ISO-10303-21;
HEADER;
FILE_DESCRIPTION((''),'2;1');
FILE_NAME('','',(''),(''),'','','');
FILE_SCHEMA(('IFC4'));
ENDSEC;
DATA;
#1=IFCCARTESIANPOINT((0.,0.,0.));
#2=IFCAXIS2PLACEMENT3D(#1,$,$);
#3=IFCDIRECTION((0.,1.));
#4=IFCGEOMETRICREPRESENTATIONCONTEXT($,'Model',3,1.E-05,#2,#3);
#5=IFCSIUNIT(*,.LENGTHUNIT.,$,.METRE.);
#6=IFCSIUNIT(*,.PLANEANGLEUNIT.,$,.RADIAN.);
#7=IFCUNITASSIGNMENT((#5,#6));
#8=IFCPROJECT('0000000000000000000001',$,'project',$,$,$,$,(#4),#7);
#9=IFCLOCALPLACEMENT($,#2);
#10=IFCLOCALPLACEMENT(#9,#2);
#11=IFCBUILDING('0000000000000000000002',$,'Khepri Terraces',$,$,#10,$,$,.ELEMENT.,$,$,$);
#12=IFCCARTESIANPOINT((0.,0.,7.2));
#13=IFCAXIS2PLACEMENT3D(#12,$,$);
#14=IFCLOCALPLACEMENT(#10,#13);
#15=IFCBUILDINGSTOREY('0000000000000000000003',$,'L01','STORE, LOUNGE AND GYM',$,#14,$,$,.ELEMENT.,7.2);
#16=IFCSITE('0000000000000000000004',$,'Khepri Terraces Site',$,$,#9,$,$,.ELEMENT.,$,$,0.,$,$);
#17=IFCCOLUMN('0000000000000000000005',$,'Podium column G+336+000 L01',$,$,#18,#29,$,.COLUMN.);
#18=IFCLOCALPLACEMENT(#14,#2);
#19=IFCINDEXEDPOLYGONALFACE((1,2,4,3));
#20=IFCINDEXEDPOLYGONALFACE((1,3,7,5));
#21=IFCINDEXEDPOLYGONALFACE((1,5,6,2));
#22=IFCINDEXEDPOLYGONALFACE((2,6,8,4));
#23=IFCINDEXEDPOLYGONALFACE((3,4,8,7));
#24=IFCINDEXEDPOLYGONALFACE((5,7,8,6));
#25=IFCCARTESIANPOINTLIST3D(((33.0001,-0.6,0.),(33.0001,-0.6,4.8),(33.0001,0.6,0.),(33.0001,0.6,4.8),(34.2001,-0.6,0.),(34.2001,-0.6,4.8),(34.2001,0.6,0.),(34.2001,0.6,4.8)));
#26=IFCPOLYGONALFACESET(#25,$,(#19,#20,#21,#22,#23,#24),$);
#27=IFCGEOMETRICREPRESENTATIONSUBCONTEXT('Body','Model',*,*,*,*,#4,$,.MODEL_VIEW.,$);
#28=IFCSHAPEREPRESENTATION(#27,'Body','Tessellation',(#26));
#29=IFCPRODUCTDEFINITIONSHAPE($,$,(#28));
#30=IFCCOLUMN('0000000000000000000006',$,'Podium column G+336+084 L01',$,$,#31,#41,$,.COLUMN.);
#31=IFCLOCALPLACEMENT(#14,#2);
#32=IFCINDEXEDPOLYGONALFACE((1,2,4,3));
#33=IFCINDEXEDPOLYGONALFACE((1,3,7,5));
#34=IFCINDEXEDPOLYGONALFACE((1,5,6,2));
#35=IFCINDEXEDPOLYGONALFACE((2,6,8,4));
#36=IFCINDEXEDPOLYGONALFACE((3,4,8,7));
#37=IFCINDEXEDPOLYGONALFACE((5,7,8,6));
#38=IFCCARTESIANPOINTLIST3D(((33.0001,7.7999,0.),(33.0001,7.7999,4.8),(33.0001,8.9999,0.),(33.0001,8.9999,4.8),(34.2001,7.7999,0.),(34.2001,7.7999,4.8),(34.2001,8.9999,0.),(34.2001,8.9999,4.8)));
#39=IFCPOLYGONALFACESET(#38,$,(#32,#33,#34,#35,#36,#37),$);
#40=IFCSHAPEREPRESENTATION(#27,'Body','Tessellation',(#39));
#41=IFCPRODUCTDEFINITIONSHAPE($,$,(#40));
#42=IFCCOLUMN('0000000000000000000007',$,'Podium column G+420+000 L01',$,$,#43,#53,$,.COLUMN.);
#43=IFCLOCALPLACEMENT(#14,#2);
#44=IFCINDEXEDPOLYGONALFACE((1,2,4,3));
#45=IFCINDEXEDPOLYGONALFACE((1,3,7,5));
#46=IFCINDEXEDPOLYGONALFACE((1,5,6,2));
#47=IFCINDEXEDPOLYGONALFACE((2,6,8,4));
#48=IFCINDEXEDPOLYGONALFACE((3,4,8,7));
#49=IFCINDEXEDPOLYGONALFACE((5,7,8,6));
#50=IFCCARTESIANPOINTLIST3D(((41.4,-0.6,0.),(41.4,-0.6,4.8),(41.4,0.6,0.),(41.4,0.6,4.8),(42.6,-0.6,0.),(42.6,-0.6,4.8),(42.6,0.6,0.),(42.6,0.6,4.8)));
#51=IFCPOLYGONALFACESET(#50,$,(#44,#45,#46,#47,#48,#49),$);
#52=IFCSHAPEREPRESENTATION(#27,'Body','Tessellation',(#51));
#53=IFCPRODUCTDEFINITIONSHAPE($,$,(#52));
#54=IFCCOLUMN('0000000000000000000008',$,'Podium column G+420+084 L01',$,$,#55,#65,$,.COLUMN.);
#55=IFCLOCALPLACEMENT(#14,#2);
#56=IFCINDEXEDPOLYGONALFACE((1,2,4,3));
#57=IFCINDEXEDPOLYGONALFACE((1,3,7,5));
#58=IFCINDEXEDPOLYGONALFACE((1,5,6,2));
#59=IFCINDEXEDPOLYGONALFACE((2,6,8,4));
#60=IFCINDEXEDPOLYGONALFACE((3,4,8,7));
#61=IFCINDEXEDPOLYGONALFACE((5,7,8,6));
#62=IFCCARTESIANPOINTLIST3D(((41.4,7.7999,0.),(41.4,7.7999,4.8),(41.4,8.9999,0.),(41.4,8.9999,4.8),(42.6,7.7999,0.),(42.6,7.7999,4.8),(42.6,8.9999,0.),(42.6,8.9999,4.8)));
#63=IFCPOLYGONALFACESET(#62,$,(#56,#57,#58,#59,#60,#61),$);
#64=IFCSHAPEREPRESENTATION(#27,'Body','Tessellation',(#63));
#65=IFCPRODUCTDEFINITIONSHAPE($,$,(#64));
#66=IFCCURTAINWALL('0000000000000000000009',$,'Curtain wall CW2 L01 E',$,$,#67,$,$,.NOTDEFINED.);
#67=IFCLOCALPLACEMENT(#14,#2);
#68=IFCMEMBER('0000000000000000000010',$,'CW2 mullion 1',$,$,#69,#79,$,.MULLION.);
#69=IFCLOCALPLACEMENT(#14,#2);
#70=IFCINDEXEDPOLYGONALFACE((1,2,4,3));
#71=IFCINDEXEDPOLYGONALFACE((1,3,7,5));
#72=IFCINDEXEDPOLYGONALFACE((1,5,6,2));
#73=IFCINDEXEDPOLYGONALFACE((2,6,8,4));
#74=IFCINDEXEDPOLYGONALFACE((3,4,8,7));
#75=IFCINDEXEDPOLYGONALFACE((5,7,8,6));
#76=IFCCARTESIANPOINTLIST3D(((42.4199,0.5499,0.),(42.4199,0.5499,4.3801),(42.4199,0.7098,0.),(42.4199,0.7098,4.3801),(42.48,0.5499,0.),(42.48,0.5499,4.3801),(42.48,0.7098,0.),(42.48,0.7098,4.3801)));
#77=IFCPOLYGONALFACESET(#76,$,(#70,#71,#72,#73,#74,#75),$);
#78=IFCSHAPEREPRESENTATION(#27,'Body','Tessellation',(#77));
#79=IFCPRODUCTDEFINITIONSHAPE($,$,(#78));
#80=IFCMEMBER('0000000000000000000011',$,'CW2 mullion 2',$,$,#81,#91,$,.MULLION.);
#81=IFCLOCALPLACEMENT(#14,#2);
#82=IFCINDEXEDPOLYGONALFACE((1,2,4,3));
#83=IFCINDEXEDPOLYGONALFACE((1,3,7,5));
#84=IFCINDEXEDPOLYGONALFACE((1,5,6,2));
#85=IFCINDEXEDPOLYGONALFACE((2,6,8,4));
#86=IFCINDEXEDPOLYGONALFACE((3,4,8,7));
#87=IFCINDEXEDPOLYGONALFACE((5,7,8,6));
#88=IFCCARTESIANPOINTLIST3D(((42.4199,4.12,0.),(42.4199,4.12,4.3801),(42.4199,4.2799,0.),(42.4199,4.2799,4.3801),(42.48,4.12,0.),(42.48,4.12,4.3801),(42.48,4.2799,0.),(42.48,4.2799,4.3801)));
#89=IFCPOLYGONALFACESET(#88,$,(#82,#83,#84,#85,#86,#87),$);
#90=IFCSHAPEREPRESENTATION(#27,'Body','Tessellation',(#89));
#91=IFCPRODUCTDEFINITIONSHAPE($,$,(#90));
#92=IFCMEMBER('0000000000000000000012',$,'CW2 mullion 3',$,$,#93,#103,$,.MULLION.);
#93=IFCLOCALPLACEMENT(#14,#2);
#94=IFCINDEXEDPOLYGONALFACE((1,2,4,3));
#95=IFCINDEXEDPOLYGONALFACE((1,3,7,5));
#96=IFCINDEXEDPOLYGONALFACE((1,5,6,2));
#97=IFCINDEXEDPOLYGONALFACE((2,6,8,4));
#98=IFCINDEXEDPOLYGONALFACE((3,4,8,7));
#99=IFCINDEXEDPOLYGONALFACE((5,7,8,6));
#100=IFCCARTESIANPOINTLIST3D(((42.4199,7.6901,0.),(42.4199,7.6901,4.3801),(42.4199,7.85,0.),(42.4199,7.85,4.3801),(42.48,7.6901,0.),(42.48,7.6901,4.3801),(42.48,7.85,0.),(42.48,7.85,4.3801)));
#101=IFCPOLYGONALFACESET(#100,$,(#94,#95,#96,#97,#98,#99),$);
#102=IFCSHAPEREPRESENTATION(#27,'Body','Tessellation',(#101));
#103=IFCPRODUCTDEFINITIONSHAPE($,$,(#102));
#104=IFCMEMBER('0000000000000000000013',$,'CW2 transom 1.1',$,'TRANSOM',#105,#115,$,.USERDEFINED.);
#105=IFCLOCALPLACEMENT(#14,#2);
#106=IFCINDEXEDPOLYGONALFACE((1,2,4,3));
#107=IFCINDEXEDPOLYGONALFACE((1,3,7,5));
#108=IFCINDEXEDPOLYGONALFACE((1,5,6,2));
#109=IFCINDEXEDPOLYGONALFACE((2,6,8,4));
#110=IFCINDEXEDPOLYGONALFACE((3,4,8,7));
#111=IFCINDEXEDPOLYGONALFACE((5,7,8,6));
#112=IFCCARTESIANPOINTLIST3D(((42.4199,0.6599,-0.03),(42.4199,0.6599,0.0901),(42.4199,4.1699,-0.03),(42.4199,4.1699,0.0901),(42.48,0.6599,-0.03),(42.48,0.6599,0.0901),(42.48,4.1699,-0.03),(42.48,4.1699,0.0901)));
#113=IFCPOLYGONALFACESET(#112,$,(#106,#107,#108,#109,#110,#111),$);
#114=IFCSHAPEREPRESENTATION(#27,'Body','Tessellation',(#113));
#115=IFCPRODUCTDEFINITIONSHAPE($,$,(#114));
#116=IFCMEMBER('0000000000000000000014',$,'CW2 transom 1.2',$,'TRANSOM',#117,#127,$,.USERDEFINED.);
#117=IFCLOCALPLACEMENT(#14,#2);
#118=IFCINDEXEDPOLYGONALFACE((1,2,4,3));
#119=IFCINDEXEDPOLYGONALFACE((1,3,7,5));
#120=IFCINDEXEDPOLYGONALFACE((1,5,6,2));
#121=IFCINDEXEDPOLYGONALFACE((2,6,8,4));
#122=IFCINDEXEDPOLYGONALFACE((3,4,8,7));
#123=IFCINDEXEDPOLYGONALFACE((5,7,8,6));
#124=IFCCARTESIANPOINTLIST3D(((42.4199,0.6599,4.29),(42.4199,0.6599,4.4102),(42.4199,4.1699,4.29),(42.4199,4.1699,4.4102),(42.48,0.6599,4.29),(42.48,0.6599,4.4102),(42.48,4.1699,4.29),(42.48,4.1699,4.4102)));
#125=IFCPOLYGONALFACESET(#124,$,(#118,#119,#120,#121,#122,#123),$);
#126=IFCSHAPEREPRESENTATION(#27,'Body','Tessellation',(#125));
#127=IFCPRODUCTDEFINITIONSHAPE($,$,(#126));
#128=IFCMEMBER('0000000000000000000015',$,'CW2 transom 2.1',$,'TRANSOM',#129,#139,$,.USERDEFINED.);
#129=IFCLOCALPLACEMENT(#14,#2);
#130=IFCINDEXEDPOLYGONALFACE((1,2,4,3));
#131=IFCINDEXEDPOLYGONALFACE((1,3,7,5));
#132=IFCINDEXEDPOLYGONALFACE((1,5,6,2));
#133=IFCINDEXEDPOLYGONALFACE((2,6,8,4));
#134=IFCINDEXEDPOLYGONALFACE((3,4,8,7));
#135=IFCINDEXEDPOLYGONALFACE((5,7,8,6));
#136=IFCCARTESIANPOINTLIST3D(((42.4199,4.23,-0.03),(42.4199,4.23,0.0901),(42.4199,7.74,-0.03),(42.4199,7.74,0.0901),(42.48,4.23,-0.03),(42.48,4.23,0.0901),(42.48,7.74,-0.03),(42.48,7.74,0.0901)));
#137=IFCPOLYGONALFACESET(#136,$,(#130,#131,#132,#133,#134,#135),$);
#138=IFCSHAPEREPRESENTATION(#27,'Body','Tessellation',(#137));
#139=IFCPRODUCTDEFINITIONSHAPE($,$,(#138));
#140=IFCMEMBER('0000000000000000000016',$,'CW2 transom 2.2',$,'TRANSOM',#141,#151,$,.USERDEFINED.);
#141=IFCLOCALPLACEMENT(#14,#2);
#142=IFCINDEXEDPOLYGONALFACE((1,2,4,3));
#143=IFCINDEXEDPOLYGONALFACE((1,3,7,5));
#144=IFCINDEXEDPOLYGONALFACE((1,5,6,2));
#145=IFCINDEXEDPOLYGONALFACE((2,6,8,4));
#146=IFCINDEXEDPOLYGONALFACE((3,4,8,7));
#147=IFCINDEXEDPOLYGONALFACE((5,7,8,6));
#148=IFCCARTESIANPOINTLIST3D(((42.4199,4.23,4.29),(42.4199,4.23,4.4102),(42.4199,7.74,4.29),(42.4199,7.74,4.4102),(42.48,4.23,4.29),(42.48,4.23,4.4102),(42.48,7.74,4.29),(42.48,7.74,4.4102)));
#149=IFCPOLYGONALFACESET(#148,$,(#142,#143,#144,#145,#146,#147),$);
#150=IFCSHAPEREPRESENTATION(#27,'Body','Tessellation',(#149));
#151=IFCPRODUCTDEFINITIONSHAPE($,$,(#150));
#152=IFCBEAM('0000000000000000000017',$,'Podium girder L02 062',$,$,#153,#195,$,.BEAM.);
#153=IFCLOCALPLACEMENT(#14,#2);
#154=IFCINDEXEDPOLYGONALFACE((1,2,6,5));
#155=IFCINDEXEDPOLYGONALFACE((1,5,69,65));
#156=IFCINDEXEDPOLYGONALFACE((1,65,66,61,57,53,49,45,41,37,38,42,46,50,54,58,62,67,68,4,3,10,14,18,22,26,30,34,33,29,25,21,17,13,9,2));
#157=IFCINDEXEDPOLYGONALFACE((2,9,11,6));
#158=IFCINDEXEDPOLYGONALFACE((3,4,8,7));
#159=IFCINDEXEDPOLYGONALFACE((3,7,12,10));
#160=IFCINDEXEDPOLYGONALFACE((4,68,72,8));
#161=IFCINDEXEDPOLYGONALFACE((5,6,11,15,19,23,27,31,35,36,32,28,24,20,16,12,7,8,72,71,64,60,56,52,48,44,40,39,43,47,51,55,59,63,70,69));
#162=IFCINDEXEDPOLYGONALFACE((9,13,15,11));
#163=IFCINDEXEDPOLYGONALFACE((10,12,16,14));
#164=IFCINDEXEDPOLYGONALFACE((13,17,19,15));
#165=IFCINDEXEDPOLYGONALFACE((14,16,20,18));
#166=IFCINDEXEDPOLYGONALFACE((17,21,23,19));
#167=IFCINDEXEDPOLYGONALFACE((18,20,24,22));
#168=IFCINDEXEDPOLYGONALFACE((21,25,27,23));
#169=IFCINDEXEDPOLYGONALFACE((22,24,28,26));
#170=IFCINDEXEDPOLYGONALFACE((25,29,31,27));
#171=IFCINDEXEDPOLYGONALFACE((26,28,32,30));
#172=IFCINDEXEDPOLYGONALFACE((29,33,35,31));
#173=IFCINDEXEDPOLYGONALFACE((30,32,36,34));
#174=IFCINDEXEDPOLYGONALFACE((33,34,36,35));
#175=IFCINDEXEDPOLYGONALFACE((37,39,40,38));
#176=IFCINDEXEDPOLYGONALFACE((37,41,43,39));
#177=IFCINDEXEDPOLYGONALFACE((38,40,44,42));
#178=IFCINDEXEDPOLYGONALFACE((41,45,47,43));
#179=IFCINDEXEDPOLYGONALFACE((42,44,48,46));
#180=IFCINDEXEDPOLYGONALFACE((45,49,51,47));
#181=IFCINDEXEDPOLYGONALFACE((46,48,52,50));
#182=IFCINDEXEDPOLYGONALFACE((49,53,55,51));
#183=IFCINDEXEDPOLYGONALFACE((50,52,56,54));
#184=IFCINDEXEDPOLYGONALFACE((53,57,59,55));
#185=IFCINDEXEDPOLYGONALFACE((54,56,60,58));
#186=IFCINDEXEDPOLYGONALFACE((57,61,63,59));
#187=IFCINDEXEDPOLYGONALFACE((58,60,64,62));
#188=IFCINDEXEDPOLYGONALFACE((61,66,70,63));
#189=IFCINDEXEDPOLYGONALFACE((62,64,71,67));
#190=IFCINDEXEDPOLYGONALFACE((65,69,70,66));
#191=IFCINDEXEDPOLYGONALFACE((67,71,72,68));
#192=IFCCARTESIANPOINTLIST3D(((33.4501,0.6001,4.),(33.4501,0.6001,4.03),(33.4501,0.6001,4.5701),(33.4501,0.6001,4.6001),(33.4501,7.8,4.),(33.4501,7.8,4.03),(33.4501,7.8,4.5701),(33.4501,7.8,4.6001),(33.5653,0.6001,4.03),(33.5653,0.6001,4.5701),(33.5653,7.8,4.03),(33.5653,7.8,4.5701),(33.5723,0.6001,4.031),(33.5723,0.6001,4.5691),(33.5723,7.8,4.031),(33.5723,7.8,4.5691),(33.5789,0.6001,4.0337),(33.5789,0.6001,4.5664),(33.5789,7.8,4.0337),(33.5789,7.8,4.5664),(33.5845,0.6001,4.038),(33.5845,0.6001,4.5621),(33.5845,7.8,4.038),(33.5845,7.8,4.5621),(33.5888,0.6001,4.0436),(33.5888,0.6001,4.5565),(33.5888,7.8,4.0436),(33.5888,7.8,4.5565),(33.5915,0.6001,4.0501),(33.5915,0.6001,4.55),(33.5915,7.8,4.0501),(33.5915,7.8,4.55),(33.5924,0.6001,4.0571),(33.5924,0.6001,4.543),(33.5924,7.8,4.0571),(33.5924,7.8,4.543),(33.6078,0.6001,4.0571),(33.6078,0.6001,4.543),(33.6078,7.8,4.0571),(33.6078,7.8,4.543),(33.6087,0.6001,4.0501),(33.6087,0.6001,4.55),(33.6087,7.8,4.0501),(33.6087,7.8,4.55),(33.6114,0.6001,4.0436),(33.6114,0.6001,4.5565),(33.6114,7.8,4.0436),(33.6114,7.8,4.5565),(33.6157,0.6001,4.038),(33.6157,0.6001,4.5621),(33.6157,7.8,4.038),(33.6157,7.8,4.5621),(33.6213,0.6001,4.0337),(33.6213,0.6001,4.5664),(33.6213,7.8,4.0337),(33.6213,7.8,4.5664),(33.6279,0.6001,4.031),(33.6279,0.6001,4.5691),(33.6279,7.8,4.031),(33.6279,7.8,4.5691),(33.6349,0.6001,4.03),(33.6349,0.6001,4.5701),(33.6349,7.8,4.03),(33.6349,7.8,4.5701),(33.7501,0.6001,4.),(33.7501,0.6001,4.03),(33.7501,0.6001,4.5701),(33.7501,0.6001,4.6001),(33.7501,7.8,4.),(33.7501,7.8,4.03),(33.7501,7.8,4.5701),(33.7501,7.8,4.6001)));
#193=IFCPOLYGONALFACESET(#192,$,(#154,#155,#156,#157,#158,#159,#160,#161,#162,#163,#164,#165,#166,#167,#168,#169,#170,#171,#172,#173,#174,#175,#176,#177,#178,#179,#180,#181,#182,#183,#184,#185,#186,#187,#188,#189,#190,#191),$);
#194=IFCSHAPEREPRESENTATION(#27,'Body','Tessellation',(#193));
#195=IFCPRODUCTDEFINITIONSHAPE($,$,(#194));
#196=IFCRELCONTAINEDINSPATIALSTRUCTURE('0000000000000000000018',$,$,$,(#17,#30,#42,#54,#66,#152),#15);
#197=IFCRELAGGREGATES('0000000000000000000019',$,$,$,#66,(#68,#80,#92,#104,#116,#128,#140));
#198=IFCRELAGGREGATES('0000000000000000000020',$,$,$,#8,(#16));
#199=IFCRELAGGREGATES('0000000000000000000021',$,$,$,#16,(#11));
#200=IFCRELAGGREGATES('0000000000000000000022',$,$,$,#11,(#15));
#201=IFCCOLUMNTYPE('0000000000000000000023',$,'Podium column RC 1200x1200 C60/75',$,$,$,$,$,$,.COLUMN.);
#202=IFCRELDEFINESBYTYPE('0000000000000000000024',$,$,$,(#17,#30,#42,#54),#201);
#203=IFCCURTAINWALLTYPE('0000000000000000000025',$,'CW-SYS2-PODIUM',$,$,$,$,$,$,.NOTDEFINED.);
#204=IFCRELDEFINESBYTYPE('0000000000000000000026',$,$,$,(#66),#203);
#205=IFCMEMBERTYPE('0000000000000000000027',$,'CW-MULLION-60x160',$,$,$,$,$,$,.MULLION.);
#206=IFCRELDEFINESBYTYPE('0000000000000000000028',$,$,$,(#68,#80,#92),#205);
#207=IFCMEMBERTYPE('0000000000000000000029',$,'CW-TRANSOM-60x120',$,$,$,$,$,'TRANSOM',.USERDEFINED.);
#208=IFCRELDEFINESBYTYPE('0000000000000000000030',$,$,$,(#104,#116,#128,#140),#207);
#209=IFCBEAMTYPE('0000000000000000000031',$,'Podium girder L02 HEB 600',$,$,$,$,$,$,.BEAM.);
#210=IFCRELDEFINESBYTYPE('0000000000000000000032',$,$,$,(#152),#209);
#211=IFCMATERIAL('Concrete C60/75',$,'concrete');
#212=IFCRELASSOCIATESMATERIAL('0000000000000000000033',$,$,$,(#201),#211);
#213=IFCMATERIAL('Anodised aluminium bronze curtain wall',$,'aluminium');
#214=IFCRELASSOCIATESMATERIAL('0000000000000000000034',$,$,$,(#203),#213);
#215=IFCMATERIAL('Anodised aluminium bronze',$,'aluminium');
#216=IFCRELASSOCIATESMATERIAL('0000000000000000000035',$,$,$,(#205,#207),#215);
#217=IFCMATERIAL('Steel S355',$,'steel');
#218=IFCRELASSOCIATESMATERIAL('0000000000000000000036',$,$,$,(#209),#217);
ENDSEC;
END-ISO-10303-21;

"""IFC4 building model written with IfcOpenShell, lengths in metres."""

from ifc_helpers import new_model, si_unit, direction, frame, origin, origin_2d, place, context, subcontext, project, spatial, rectangle, i_section, extrude, material, material_profile, profile_set, type_object, element, aggregate, save


model = new_model("IFC4")

# Units and contexts
model_context = context("Model", 3, precision=1e-05, world=origin(), true_north=direction((0.0, 1.0)))
body_context = subcontext(model_context, "Body", "Model", "MODEL_VIEW")
ifc_project = project(units=[si_unit("LENGTHUNIT", "METRE"), si_unit("PLANEANGLEUNIT", "RADIAN")], contexts=[model_context])

# Site, building, storey
site_placement = place(None, origin())
site = spatial("IfcSite", under=ifc_project, at=site_placement, Name="Khepri Terraces Site", CompositionType="ELEMENT", RefElevation=0.0)
building_placement = place(site_placement, origin())
building = spatial("IfcBuilding", under=site, at=building_placement, Name="Khepri Terraces", CompositionType="ELEMENT")
storey_placement = place(building_placement, frame((0.0, 0.0, 7.2)))
storey = spatial("IfcBuildingStorey", under=building, at=storey_placement, Name="L01", Description="STORE, LOUNGE AND GYM", CompositionType="ELEMENT", Elevation=7.2)

# Columns
ifc_material_1 = material(Name="Concrete C60/75", Category="concrete")
ifc_material_profile_1 = material_profile(ifc_material_1, rectangle(XDim=1.2, YDim=1.2, at=origin_2d()), Name="Concrete C60/75", Category="concrete")
ifc_profile_set_1 = profile_set([ifc_material_profile_1], Name="Concrete C60/75")
column_type = type_object("IfcColumnType", Name="Podium column RC 1200x1200 C60/75", PredefinedType="COLUMN", material=ifc_profile_set_1)
for number, where, z_axis, x_axis, name in (
    (1, (33.6001, 0.0, 0.0), (0.0, 0.0, 1.0), (1.0, 0.0, 0.0), "Podium column G+336+000 L01"),
    (2, (33.6001, 8.3999, 0.0), (0.0, 0.0, 1.0), (1.0, 0.0, 0.0), "Podium column G+336+084 L01"),
    (3, (42.0, 0.0, 0.0), (0.0, 0.0, 1.0), (1.0, 0.0, 0.0), "Podium column G+420+000 L01"),
    (4, (42.0, 8.3999, 0.0), (0.0, 0.0, 1.0), (1.0, 0.0, 0.0), "Podium column G+420+084 L01"),
):
    element("IfcColumn", number, at=place(storey_placement, frame(where, z_axis=z_axis, x_axis=x_axis)), inside=storey, type_object=column_type, Name=name, PredefinedType="COLUMN", context=body_context, shape_type="SweptSolid", body=[
        extrude(rectangle(XDim=1.2, YDim=1.2, at=origin_2d()), origin(), (0.0, 0.0, 1.0), 4.8),
    ])

# Curtain wall, members
ifc_material_2 = material(Name="Anodised aluminium bronze curtain wall", Category="aluminium")
curtain_wall_type = type_object("IfcCurtainWallType", Name="CW-SYS2-PODIUM", PredefinedType="NOTDEFINED", material=ifc_material_2)
curtain_wall_placement = place(storey_placement, origin())
curtain_wall = element("IfcCurtainWall", 5, at=curtain_wall_placement, inside=storey, type_object=curtain_wall_type, Name="Curtain wall CW2 L01 E", PredefinedType="NOTDEFINED")
ifc_material_3 = material(Name="Anodised aluminium bronze", Category="aluminium")
ifc_material_profile_2 = material_profile(ifc_material_3, rectangle(XDim=0.0601, YDim=0.1599, at=origin_2d()), Name="Anodised aluminium bronze", Category="aluminium")
ifc_profile_set_2 = profile_set([ifc_material_profile_2], Name="Anodised aluminium bronze")
member_type_1 = type_object("IfcMemberType", Name="CW-MULLION-60x160", PredefinedType="MULLION", material=ifc_profile_set_2)
member_1_placement = place(storey_placement, frame((42.45, 0.6299, 0.0), z_axis=(0.0, 0.0, 1.0), x_axis=(-1.0, 0.0, 0.0)))
member_1 = element("IfcMember", 6, at=member_1_placement, type_object=member_type_1, Name="CW2 mullion 1", PredefinedType="MULLION", context=body_context, shape_type="SweptSolid", body=[
    extrude(rectangle(XDim=0.0601, YDim=0.1599, at=origin_2d()), origin(), (0.0, 0.0, 1.0), 4.3801),
])
member_2_placement = place(storey_placement, frame((42.45, 4.2, 0.0), z_axis=(0.0, 0.0, 1.0), x_axis=(-1.0, 0.0, 0.0)))
member_2 = element("IfcMember", 7, at=member_2_placement, type_object=member_type_1, Name="CW2 mullion 2", PredefinedType="MULLION", context=body_context, shape_type="SweptSolid", body=[
    extrude(rectangle(XDim=0.0601, YDim=0.1599, at=origin_2d()), origin(), (0.0, 0.0, 1.0), 4.3801),
])
member_3_placement = place(storey_placement, frame((42.45, 7.77, 0.0), z_axis=(0.0, 0.0, 1.0), x_axis=(-1.0, 0.0, 0.0)))
member_3 = element("IfcMember", 8, at=member_3_placement, type_object=member_type_1, Name="CW2 mullion 3", PredefinedType="MULLION", context=body_context, shape_type="SweptSolid", body=[
    extrude(rectangle(XDim=0.0601, YDim=0.1599, at=origin_2d()), origin(), (0.0, 0.0, 1.0), 4.3801),
])
ifc_material_profile_3 = material_profile(ifc_material_3, rectangle(XDim=0.0601, YDim=0.1201, at=origin_2d()), Name="Anodised aluminium bronze", Category="aluminium")
ifc_profile_set_3 = profile_set([ifc_material_profile_3], Name="Anodised aluminium bronze")
member_type_2 = type_object("IfcMemberType", Name="CW-TRANSOM-60x120", ElementType="TRANSOM", PredefinedType="USERDEFINED", material=ifc_profile_set_3)
member_4_placement = place(storey_placement, frame((42.45, 0.6599, 0.03), z_axis=(0.0, 1.0, 0.0), x_axis=(-1.0, 0.0, 0.0)))
member_4 = element("IfcMember", 9, at=member_4_placement, type_object=member_type_2, Name="CW2 transom 1.1", ObjectType="TRANSOM", PredefinedType="USERDEFINED", context=body_context, shape_type="SweptSolid", body=[
    extrude(rectangle(XDim=0.0601, YDim=0.1201, at=origin_2d()), origin(), (0.0, 0.0, 1.0), 3.51),
])
member_5_placement = place(storey_placement, frame((42.45, 0.6599, 4.3501), z_axis=(0.0, 1.0, 0.0), x_axis=(-1.0, 0.0, 0.0)))
member_5 = element("IfcMember", 10, at=member_5_placement, type_object=member_type_2, Name="CW2 transom 1.2", ObjectType="TRANSOM", PredefinedType="USERDEFINED", context=body_context, shape_type="SweptSolid", body=[
    extrude(rectangle(XDim=0.0601, YDim=0.1201, at=origin_2d()), origin(), (0.0, 0.0, 1.0), 3.51),
])
member_6_placement = place(storey_placement, frame((42.45, 4.23, 0.03), z_axis=(0.0, 1.0, 0.0), x_axis=(-1.0, 0.0, 0.0)))
member_6 = element("IfcMember", 11, at=member_6_placement, type_object=member_type_2, Name="CW2 transom 2.1", ObjectType="TRANSOM", PredefinedType="USERDEFINED", context=body_context, shape_type="SweptSolid", body=[
    extrude(rectangle(XDim=0.0601, YDim=0.1201, at=origin_2d()), origin(), (0.0, 0.0, 1.0), 3.51),
])
member_7_placement = place(storey_placement, frame((42.45, 4.23, 4.3501), z_axis=(0.0, 1.0, 0.0), x_axis=(-1.0, 0.0, 0.0)))
member_7 = element("IfcMember", 12, at=member_7_placement, type_object=member_type_2, Name="CW2 transom 2.2", ObjectType="TRANSOM", PredefinedType="USERDEFINED", context=body_context, shape_type="SweptSolid", body=[
    extrude(rectangle(XDim=0.0601, YDim=0.1201, at=origin_2d()), origin(), (0.0, 0.0, 1.0), 3.51),
])

# Beam
ifc_material_4 = material(Name="Steel S355", Category="steel")
ifc_material_profile_4 = material_profile(ifc_material_4, i_section(OverallWidth=0.3, OverallDepth=0.6001, WebThickness=0.0154, FlangeThickness=0.03, FilletRadius=0.0271, at=origin_2d()), Name="Steel S355", Category="steel")
ifc_profile_set_4 = profile_set([ifc_material_profile_4], Name="Steel S355")
beam_type_1 = type_object("IfcBeamType", Name="Podium girder L02 HEB 600", PredefinedType="BEAM", material=ifc_profile_set_4)
for number, where, z_axis, x_axis, name in (
    (13, (33.6001, 0.6001, 4.3), (0.0, 1.0, 0.0), (-1.0, 0.0, 0.0), "Podium girder L02 062"),
):
    element("IfcBeam", number, at=place(storey_placement, frame(where, z_axis=z_axis, x_axis=x_axis)), inside=storey, type_object=beam_type_1, Name=name, PredefinedType="BEAM", context=body_context, shape_type="SweptSolid", body=[
        extrude(i_section(OverallWidth=0.3, OverallDepth=0.6001, WebThickness=0.0154, FlangeThickness=0.03, FilletRadius=0.0271, at=origin_2d()), origin(), (0.0, 0.0, 1.0), 7.2),
    ])

aggregate(curtain_wall, [member_1, member_2, member_3, member_4, member_5, member_6, member_7])

save(model, "model.ifc")
